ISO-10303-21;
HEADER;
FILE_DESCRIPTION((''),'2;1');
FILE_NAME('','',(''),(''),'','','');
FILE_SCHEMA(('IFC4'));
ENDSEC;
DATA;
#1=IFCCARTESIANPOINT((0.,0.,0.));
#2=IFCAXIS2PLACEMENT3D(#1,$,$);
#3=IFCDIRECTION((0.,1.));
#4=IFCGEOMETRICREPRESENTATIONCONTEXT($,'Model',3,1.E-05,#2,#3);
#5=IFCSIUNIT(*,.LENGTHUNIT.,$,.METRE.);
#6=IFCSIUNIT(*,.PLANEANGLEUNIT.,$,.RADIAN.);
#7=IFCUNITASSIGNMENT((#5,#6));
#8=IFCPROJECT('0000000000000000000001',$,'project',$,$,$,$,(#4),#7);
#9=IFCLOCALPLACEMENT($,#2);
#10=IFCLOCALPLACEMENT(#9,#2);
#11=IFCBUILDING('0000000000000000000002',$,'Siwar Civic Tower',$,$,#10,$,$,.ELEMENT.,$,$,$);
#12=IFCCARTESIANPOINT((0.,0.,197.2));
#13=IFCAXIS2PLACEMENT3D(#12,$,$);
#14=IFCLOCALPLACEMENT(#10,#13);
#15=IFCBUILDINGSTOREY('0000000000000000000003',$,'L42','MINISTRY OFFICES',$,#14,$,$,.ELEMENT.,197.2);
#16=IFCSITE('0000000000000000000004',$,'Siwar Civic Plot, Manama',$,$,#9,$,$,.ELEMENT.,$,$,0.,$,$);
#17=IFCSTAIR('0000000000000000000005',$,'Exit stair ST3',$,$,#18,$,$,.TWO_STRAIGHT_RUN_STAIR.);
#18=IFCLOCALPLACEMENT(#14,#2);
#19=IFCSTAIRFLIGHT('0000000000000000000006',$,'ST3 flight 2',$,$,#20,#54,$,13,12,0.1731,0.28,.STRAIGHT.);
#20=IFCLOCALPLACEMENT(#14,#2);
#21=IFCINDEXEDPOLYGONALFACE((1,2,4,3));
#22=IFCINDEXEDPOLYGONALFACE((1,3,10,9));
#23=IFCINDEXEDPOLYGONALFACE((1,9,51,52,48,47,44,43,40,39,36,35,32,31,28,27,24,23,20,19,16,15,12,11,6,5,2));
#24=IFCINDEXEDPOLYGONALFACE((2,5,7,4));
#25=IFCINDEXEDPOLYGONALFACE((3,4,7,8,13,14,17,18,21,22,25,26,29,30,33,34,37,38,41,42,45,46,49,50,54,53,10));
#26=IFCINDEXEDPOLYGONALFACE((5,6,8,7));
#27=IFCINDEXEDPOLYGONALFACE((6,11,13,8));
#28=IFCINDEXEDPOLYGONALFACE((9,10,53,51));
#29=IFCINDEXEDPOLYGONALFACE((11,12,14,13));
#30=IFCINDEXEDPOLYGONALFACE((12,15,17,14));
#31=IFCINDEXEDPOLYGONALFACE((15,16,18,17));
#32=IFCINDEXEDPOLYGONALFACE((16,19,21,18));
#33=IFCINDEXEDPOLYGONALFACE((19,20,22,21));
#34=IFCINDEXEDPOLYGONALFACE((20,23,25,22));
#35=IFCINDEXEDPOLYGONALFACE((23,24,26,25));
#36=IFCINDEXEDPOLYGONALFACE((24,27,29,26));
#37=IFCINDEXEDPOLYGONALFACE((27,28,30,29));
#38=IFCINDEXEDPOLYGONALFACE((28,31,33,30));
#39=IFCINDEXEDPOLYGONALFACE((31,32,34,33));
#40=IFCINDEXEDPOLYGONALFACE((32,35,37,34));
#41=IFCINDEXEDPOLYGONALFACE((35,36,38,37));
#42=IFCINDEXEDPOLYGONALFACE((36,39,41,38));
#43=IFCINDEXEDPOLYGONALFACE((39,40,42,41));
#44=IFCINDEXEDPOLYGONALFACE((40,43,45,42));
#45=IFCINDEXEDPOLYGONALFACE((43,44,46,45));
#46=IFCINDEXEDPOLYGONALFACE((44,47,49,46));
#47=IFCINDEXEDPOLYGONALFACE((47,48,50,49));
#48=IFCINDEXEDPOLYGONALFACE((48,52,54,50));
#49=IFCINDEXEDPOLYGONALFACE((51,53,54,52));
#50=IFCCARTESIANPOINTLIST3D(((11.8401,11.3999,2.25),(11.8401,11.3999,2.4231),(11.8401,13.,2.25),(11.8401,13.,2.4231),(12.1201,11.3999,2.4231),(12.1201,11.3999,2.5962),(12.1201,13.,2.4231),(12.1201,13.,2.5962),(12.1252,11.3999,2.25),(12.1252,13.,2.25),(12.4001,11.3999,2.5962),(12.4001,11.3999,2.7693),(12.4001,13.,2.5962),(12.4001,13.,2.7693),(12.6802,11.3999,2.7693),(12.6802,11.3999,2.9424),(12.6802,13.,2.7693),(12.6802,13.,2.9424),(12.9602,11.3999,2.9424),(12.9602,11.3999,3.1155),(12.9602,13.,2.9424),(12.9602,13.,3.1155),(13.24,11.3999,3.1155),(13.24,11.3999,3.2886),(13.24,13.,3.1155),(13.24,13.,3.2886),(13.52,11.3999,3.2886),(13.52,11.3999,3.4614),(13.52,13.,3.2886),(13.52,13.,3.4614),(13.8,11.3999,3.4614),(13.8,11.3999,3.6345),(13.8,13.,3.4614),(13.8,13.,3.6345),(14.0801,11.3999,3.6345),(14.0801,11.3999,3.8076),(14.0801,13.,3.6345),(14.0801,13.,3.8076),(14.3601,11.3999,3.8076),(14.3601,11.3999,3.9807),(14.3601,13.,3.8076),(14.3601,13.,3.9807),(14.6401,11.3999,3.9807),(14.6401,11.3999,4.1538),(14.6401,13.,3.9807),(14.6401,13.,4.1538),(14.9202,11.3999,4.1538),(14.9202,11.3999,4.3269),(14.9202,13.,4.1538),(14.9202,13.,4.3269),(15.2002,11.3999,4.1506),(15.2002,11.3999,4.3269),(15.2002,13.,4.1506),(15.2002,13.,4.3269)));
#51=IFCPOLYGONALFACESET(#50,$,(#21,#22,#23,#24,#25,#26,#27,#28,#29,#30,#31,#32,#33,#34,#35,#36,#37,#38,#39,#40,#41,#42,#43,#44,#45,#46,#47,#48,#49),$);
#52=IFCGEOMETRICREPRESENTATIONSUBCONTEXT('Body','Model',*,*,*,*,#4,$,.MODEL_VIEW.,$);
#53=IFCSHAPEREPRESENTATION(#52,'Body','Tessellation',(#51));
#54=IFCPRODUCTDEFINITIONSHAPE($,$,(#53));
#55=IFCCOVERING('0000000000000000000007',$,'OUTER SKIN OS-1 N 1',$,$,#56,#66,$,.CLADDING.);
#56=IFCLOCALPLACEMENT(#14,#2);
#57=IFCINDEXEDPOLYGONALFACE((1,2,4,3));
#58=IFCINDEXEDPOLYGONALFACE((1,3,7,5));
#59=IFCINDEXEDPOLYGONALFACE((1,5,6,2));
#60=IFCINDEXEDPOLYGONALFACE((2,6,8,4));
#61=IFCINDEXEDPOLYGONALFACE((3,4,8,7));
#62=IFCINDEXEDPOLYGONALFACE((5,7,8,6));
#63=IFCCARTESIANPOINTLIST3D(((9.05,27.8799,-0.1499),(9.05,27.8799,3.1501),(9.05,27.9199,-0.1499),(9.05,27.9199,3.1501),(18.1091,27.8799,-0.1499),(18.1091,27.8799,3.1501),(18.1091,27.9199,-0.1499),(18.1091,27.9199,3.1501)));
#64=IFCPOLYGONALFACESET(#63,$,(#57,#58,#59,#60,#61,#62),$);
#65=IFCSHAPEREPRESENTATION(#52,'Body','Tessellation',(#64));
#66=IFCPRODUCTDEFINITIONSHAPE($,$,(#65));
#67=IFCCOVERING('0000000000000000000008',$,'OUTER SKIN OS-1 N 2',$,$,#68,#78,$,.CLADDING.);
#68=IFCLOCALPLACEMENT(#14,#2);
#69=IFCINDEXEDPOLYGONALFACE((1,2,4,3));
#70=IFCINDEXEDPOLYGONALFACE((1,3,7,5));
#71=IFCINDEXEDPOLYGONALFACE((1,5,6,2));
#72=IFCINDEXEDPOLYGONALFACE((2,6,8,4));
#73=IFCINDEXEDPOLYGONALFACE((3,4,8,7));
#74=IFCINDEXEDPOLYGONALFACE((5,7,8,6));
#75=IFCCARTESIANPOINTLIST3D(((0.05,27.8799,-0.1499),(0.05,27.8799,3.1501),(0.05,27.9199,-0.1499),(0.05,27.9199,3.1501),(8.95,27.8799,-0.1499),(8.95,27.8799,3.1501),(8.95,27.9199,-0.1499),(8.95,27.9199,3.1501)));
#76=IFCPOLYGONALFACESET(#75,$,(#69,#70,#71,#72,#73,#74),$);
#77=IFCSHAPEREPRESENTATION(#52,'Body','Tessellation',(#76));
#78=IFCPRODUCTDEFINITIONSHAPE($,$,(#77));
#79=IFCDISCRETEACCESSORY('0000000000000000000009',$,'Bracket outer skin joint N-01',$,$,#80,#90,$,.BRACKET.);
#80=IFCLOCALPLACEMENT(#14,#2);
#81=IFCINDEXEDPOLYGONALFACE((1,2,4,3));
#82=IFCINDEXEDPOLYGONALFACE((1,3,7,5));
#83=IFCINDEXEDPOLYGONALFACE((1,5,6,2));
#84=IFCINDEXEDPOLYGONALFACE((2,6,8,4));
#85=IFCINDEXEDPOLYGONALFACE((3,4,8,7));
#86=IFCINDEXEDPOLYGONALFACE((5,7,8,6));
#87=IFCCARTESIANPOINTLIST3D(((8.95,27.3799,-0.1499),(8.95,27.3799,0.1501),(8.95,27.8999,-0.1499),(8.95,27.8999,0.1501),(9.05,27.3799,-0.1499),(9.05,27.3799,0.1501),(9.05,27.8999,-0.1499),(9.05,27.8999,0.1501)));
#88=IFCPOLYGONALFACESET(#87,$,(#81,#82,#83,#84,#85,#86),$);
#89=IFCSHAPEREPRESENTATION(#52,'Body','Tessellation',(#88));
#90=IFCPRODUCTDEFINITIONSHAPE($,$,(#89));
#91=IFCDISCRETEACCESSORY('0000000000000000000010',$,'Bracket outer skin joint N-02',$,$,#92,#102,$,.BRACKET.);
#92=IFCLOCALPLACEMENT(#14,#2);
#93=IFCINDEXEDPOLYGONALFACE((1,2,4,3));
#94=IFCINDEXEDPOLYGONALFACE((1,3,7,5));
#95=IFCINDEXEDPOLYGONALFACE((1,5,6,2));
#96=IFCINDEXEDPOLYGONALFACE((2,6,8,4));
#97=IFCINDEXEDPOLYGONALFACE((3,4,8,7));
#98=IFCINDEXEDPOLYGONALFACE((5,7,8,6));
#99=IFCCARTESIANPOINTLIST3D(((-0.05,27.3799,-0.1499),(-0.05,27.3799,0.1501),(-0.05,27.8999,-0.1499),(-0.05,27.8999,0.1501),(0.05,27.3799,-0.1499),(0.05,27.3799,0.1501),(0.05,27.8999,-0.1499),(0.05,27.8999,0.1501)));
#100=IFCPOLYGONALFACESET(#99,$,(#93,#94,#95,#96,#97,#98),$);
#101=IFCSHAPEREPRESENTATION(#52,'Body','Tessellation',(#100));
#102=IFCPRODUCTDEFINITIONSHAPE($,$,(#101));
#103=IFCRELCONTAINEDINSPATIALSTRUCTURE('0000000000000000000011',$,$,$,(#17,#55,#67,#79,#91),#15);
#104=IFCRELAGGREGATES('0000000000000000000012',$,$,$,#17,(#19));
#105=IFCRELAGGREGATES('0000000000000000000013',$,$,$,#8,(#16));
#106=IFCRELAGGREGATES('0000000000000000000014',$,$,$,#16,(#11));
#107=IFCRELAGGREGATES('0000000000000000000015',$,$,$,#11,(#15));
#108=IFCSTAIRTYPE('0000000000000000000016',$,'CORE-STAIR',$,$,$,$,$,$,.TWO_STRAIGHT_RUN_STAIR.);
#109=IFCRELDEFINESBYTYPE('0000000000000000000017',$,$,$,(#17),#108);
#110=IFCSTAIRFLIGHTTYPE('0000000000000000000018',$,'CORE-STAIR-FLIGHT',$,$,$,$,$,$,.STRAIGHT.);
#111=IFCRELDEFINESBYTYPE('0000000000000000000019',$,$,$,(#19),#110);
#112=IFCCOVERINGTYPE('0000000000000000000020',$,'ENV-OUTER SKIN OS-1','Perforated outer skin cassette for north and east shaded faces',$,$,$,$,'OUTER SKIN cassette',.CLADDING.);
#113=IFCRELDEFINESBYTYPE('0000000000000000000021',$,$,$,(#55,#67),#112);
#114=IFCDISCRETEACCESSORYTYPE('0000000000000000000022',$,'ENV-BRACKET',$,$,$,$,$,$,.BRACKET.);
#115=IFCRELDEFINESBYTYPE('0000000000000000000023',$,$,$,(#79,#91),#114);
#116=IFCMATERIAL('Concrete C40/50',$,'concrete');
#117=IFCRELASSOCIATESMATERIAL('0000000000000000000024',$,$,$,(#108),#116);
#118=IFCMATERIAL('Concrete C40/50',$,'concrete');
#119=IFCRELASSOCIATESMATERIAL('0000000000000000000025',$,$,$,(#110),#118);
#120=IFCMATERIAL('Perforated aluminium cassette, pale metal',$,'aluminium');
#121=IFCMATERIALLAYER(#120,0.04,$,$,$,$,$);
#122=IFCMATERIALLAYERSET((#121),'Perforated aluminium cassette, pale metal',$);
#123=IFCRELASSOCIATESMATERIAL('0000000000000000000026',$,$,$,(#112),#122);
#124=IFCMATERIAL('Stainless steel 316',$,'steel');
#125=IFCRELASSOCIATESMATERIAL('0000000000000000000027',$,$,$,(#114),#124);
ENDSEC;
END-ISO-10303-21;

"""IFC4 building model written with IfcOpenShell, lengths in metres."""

from ifc_helpers import new_model, si_unit, direction, frame, origin, origin_2d, place, context, subcontext, project, spatial, polyline, rectangle, outline, extrude, material, layer, layer_set, type_object, element, aggregate, save


model = new_model("IFC4")

# Units and contexts
model_context = context("Model", 3, precision=1e-05, world=origin(), true_north=direction((0.0, 1.0)))
body_context = subcontext(model_context, "Body", "Model", "MODEL_VIEW")
ifc_project = project(units=[si_unit("LENGTHUNIT", "METRE"), si_unit("PLANEANGLEUNIT", "RADIAN")], contexts=[model_context])

# Site, building, storey
site_placement = place(None, origin())
site = spatial("IfcSite", under=ifc_project, at=site_placement, Name="Siwar Civic Plot, Manama", CompositionType="ELEMENT", RefElevation=0.0)
building_placement = place(site_placement, origin())
building = spatial("IfcBuilding", under=site, at=building_placement, Name="Siwar Civic Tower", CompositionType="ELEMENT")
storey_placement = place(building_placement, frame((0.0, 0.0, 197.2)))
storey = spatial("IfcBuildingStorey", under=building, at=storey_placement, Name="L42", Description="MINISTRY OFFICES", CompositionType="ELEMENT", Elevation=197.2)

# Stair, stair flight
ifc_material_1 = material(Name="Concrete C40/50", Category="concrete")
stair_type = type_object("IfcStairType", Name="CORE-STAIR", PredefinedType="TWO_STRAIGHT_RUN_STAIR", material=ifc_material_1)
stair_placement = place(storey_placement, origin())
stair = element("IfcStair", 1, at=stair_placement, inside=storey, type_object=stair_type, Name="Exit stair ST3", PredefinedType="TWO_STRAIGHT_RUN_STAIR")
ifc_material_2 = material(Name="Concrete C40/50", Category="concrete")
stair_flight_type = type_object("IfcStairFlightType", Name="CORE-STAIR-FLIGHT", PredefinedType="STRAIGHT", material=ifc_material_2)
stair_flight_1_placement = place(storey_placement, frame((11.8401, 12.2, 2.25), z_axis=(0.0, 0.0, 1.0), x_axis=(1.0, 0.0, 0.0)))
stair_flight_1 = element("IfcStairFlight", 2, at=stair_flight_1_placement, type_object=stair_flight_type, Name="ST3 flight 2", NumberOfRisers=13, NumberOfTreads=12, PredefinedType="STRAIGHT", RiserHeight=0.1731, TreadLength=0.28, context=body_context, shape_type="SweptSolid", body=[
    extrude(outline(polyline([(0.0, 0.0), (0.0, 0.1731), (0.28, 0.1731), (0.28, 0.3462), (0.5601, 0.3462), (0.5601, 0.5193), (0.8401, 0.5193), (0.8401, 0.6924), (1.1201, 0.6924), (1.1201, 0.8655), (1.3999, 0.8655), (1.3999, 1.0386), (1.6799, 1.0386), (1.6799, 1.2114), (1.96, 1.2114), (1.96, 1.3845), (2.24, 1.3845), (2.24, 1.5576), (2.52, 1.5576), (2.52, 1.7307), (2.8, 1.7307), (2.8, 1.9038), (3.0801, 1.9038), (3.0801, 2.0769), (3.3601, 2.0769), (3.3601, 2.25), (3.3601, 1.9006), (0.2852, 0.0), (0.0, 0.0)])), frame((0.0, 0.8, 0.0), z_axis=(0.0, -1.0, 0.0), x_axis=(1.0, 0.0, 0.0)), (0.0, 0.0, 1.0), 1.6001),
])
aggregate(stair, [stair_flight_1])

# Coverings
ifc_material_3 = material(Name="Perforated aluminium cassette, pale metal", Category="aluminium")
ifc_layer_1 = layer(ifc_material_3, 0.04)
ifc_layer_set_1 = layer_set([ifc_layer_1], Name="Perforated aluminium cassette, pale metal")
covering_type = type_object("IfcCoveringType", Name="ENV-OUTER SKIN OS-1", Description="Perforated outer skin cassette for north and east shaded faces", ElementType="OUTER SKIN cassette", PredefinedType="CLADDING", material=ifc_layer_set_1)
covering_1_placement = place(storey_placement, frame((13.5796, 27.8999, -0.1499), z_axis=(0.0, 0.0, 1.0), x_axis=(-1.0, 0.0, 0.0)))
element("IfcCovering", 3, at=covering_1_placement, inside=storey, type_object=covering_type, Name="OUTER SKIN OS-1 N 1", PredefinedType="CLADDING", context=body_context, shape_type="SweptSolid", body=[
    extrude(rectangle(XDim=9.0591, YDim=0.04, at=origin_2d()), origin(), (0.0, 0.0, 1.0), 3.3),
])
covering_2_placement = place(storey_placement, frame((4.5, 27.8999, -0.1499), z_axis=(0.0, 0.0, 1.0), x_axis=(-1.0, 0.0, 0.0)))
element("IfcCovering", 4, at=covering_2_placement, inside=storey, type_object=covering_type, Name="OUTER SKIN OS-1 N 2", PredefinedType="CLADDING", context=body_context, shape_type="SweptSolid", body=[
    extrude(rectangle(XDim=8.8999, YDim=0.04, at=origin_2d()), origin(), (0.0, 0.0, 1.0), 3.3),
])

# Discrete accessories
ifc_material_4 = material(Name="Stainless steel 316", Category="steel")
discrete_accessory_type = type_object("IfcDiscreteAccessoryType", Name="ENV-BRACKET", PredefinedType="BRACKET", material=ifc_material_4)
for number, where, z_axis, x_axis, name in (
    (5, (9.0, 27.6399, -0.1499), (0.0, 0.0, 1.0), (0.0, 1.0, 0.0), "Bracket outer skin joint N-01"),
    (6, (0.0, 27.6399, -0.1499), (0.0, 0.0, 1.0), (0.0, 1.0, 0.0), "Bracket outer skin joint N-02"),
):
    element("IfcDiscreteAccessory", number, at=place(storey_placement, frame(where, z_axis=z_axis, x_axis=x_axis)), inside=storey, type_object=discrete_accessory_type, Name=name, PredefinedType="BRACKET", context=body_context, shape_type="SweptSolid", body=[
        extrude(rectangle(XDim=0.52, YDim=0.1001, at=origin_2d()), origin(), (0.0, 0.0, 1.0), 0.3),
    ])

save(model, "model.ifc")
